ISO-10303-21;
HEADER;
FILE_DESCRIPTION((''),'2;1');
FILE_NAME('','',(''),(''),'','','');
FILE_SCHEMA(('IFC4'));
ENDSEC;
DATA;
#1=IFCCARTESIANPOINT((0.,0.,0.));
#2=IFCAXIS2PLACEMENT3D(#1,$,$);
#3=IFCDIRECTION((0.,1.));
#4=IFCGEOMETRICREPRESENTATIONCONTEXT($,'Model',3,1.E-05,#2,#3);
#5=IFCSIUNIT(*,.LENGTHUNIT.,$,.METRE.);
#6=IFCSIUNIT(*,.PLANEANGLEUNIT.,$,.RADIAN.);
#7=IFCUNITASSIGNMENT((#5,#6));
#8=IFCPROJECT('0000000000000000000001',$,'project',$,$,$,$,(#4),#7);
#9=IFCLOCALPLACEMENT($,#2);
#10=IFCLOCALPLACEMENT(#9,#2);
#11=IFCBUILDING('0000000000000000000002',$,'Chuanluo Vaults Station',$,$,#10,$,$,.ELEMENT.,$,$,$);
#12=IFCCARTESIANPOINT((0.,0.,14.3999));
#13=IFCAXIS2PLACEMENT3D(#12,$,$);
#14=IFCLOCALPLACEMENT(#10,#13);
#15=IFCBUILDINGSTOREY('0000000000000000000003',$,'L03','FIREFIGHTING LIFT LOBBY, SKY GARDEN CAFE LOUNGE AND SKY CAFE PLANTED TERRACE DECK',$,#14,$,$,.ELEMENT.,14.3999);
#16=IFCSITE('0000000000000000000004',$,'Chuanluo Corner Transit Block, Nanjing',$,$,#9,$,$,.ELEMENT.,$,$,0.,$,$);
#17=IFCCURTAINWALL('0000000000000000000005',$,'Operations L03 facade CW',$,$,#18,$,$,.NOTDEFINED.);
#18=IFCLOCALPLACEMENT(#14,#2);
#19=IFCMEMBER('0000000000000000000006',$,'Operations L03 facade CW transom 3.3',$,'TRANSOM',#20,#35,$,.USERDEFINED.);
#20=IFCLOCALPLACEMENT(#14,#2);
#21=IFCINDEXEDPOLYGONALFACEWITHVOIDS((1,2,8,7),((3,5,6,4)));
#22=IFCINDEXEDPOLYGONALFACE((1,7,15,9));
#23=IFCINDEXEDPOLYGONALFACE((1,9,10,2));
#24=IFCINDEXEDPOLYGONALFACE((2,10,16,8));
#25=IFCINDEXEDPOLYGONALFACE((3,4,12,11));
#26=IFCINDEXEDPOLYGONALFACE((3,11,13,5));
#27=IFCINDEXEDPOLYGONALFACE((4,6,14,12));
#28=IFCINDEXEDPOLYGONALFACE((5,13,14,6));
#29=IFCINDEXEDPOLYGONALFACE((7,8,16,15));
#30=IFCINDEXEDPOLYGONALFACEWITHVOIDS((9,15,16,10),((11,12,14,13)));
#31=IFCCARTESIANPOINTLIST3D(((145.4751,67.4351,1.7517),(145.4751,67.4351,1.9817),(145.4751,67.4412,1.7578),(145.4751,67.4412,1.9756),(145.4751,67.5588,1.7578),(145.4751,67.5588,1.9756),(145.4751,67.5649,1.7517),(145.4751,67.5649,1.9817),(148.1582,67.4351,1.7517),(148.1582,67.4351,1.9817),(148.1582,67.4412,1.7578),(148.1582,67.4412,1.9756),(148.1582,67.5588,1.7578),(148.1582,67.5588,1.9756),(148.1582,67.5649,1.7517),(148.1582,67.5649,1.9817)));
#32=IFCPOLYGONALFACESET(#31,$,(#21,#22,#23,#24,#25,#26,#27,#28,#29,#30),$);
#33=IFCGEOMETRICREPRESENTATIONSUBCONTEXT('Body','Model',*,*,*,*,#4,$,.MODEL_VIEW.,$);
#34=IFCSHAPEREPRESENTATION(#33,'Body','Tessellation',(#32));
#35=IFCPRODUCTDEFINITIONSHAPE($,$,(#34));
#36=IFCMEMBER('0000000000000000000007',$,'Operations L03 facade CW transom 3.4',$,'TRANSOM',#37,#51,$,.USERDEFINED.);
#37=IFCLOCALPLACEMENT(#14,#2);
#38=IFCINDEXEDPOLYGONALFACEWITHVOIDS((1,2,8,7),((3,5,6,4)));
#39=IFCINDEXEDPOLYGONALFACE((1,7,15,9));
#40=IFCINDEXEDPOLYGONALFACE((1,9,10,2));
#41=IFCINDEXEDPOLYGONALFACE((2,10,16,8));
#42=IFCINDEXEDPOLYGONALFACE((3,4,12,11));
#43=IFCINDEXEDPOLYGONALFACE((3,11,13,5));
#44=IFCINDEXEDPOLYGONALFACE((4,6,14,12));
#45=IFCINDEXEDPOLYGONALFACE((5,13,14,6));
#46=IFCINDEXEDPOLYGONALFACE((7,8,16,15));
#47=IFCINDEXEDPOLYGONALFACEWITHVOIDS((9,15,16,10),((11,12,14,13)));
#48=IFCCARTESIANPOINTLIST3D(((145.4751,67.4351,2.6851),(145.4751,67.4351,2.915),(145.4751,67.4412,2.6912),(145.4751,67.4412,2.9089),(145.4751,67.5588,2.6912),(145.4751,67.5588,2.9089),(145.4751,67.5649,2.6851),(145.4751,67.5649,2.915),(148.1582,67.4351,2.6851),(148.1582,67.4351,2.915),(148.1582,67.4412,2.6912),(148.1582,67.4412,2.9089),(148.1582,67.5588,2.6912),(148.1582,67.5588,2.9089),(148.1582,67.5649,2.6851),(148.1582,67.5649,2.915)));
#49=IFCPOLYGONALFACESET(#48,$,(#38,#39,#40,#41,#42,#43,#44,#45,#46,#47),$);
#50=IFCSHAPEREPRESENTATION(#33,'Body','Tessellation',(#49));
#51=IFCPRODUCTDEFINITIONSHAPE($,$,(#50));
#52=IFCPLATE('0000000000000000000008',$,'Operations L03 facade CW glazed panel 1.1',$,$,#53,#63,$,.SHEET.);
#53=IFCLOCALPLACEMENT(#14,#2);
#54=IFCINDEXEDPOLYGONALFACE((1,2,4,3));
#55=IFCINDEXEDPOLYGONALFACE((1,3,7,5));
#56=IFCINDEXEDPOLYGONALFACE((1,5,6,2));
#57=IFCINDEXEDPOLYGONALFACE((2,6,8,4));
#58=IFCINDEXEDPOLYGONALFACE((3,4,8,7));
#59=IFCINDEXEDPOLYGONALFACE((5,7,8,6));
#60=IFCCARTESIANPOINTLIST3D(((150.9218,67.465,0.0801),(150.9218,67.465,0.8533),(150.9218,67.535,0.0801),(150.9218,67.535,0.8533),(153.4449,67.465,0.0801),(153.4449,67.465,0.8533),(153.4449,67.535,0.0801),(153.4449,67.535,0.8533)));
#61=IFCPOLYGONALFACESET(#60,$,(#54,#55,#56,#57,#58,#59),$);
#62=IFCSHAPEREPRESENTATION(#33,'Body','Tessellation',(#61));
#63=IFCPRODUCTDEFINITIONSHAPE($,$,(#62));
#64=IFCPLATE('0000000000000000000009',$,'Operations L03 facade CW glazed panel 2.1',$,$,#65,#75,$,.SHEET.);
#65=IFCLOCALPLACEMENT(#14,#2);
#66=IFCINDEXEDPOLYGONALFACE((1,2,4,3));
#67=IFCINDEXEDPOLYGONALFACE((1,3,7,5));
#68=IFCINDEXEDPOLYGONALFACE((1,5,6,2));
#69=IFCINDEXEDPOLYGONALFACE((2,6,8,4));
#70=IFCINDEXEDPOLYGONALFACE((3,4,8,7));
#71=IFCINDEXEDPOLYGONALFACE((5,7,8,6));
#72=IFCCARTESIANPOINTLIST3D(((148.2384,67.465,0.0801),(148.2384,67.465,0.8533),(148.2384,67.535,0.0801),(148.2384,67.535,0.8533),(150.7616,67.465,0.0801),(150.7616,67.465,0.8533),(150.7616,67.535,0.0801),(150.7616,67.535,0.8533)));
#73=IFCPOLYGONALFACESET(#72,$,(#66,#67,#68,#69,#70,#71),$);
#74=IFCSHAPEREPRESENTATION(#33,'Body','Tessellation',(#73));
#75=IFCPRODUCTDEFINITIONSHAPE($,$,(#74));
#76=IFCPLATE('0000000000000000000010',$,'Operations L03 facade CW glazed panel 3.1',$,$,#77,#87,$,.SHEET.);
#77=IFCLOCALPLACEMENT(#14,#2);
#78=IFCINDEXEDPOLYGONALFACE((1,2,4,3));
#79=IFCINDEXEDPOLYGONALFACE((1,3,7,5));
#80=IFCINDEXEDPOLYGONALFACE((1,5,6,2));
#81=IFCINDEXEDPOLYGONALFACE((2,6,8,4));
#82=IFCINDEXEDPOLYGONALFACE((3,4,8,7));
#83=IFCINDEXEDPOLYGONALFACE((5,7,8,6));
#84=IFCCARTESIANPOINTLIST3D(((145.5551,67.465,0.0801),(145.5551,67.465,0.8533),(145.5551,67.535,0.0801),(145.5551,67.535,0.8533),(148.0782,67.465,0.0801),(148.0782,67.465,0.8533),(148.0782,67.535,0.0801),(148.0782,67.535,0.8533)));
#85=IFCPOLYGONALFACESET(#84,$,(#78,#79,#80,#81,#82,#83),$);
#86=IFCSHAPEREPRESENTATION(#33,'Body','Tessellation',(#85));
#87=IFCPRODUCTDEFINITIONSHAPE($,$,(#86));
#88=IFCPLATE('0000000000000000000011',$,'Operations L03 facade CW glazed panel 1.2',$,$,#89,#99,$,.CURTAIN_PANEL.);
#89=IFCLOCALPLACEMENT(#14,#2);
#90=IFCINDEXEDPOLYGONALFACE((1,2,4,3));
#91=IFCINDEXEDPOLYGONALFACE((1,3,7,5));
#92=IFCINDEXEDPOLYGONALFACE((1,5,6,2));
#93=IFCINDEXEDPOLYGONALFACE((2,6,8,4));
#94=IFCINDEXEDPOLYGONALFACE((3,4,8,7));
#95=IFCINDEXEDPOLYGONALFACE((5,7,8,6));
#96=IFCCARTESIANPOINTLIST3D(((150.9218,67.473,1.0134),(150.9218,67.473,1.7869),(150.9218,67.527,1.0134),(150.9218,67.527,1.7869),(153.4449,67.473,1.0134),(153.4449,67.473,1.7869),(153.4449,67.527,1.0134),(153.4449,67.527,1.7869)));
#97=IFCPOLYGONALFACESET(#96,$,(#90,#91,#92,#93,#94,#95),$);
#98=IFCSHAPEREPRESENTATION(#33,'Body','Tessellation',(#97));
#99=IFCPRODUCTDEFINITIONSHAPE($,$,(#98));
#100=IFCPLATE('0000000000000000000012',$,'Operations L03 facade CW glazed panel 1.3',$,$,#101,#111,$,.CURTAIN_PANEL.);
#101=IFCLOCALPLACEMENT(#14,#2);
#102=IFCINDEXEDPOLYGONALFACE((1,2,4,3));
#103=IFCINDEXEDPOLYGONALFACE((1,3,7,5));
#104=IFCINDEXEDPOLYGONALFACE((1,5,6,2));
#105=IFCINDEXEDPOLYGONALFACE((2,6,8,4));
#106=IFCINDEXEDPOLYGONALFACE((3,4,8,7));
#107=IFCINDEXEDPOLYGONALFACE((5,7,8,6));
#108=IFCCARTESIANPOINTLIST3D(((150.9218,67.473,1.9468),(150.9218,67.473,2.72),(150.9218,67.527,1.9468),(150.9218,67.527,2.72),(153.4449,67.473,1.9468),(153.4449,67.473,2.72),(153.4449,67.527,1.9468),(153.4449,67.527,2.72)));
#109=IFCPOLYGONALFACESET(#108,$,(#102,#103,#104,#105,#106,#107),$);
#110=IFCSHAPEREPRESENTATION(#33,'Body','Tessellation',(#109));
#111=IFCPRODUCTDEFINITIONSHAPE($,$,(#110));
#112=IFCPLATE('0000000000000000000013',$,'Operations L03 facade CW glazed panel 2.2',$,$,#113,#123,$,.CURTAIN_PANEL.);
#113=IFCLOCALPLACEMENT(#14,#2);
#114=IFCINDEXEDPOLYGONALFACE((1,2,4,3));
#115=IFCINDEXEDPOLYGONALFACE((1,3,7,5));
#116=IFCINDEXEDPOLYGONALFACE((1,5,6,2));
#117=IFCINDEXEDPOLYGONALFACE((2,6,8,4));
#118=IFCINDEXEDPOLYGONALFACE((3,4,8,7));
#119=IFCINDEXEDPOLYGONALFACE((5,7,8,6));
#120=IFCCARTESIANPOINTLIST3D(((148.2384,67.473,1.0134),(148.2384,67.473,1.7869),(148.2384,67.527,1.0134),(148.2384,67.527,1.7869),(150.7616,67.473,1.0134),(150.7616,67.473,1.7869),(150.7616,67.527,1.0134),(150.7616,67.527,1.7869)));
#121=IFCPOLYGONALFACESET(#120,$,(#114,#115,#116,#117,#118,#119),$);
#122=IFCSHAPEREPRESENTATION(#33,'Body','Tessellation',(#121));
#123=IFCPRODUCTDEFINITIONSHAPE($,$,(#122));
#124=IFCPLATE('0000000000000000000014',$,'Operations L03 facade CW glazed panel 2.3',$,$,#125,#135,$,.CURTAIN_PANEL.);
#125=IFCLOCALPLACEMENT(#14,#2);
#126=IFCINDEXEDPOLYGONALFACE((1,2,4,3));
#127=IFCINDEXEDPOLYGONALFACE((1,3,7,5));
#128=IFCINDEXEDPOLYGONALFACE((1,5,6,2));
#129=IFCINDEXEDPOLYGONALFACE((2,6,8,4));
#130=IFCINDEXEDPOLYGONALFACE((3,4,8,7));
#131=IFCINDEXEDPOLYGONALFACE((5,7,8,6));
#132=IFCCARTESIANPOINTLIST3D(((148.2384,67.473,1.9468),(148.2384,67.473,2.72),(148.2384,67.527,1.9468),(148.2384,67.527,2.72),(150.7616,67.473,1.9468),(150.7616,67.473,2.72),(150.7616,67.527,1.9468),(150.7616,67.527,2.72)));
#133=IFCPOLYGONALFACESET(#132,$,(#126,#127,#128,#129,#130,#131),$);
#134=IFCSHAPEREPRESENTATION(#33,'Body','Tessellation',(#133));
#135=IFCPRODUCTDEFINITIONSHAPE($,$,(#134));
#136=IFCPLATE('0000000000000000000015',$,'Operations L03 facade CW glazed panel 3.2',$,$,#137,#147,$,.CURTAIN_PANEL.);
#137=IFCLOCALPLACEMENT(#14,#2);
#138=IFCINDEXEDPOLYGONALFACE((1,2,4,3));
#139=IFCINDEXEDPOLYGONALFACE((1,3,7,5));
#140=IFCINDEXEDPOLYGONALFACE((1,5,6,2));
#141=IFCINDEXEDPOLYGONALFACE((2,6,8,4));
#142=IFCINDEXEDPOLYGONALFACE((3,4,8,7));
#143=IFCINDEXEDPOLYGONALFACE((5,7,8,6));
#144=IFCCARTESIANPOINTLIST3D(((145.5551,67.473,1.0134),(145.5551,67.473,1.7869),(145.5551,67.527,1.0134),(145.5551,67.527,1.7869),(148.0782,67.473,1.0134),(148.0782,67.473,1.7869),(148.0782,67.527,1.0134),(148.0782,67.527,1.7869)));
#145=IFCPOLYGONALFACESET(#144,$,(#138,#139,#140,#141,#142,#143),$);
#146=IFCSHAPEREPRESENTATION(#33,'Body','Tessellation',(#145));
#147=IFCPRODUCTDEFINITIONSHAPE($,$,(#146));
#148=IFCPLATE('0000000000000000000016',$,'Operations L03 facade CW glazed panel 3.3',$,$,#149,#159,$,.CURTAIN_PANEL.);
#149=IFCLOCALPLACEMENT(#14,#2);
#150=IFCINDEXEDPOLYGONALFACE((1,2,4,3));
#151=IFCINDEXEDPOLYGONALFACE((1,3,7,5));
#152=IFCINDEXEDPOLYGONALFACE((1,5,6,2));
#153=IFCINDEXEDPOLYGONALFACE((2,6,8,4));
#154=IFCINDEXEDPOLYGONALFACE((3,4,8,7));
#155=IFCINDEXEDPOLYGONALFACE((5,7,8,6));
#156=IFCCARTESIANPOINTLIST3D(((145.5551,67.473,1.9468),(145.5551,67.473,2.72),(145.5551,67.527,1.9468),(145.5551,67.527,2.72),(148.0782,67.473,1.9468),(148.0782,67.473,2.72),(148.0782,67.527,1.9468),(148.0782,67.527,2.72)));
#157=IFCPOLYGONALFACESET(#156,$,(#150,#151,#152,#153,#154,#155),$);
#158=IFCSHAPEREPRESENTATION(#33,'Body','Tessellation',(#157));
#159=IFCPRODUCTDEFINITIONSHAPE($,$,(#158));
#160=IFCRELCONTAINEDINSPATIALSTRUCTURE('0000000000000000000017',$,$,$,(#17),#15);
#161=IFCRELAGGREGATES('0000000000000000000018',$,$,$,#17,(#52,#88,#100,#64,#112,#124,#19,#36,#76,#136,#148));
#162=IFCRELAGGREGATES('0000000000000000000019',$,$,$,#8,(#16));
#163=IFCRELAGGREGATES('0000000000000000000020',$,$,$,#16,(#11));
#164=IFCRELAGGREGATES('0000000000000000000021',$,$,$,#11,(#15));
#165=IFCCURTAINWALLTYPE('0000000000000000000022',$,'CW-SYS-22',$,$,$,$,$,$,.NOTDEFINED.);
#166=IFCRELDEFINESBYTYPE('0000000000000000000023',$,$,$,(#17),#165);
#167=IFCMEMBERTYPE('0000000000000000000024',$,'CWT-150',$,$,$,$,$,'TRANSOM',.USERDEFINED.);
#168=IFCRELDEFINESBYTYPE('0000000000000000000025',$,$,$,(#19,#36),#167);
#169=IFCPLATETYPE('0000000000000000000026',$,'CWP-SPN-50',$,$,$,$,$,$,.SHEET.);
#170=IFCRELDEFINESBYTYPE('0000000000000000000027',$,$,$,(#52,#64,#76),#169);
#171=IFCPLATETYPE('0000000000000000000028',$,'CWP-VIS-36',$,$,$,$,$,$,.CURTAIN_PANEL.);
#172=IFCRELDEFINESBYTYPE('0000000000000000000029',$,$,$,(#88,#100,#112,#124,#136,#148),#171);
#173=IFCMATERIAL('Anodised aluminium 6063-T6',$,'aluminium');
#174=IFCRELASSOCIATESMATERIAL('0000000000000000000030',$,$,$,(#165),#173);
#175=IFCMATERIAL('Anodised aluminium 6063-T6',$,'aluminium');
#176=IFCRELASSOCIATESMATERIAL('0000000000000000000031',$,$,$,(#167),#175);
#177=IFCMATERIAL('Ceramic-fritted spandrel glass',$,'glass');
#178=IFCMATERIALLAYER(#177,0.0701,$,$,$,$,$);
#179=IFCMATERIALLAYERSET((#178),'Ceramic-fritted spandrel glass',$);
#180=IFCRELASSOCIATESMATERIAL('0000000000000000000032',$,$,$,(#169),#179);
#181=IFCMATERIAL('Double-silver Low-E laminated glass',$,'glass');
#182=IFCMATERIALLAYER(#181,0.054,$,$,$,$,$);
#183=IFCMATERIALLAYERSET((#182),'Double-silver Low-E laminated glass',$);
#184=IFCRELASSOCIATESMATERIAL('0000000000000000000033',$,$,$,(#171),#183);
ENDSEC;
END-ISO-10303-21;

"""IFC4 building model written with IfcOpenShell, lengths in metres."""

from ifc_helpers import new_model, si_unit, direction, frame, origin, origin_2d, place, context, subcontext, project, spatial, rectangle, hollow_rectangle, extrude, material, layer, layer_set, material_profile, profile_set, type_object, element, aggregate, save


model = new_model("IFC4")

# Units and contexts
model_context = context("Model", 3, precision=1e-05, world=origin(), true_north=direction((0.0, 1.0)))
body_context = subcontext(model_context, "Body", "Model", "MODEL_VIEW")
ifc_project = project(units=[si_unit("LENGTHUNIT", "METRE"), si_unit("PLANEANGLEUNIT", "RADIAN")], contexts=[model_context])

# Site, building, storey
site_placement = place(None, origin())
site = spatial("IfcSite", under=ifc_project, at=site_placement, Name="Chuanluo Corner Transit Block, Nanjing", CompositionType="ELEMENT", RefElevation=0.0)
building_placement = place(site_placement, origin())
building = spatial("IfcBuilding", under=site, at=building_placement, Name="Chuanluo Vaults Station", CompositionType="ELEMENT")
storey_placement = place(building_placement, frame((0.0, 0.0, 14.3999)))
storey = spatial("IfcBuildingStorey", under=building, at=storey_placement, Name="L03", Description="FIREFIGHTING LIFT LOBBY, SKY GARDEN CAFE LOUNGE AND SKY CAFE PLANTED TERRACE DECK", CompositionType="ELEMENT", Elevation=14.3999)

# Curtain wall, members, plates
ifc_material_1 = material(Name="Anodised aluminium 6063-T6", Category="aluminium")
curtain_wall_type = type_object("IfcCurtainWallType", Name="CW-SYS-22", PredefinedType="NOTDEFINED", material=ifc_material_1)
curtain_wall_placement = place(storey_placement, origin())
curtain_wall = element("IfcCurtainWall", 1, at=curtain_wall_placement, inside=storey, type_object=curtain_wall_type, Name="Operations L03 facade CW", PredefinedType="NOTDEFINED")
ifc_material_2 = material(Name="Anodised aluminium 6063-T6", Category="aluminium")
ifc_material_profile_1 = material_profile(ifc_material_2, hollow_rectangle(XDim=0.1299, YDim=0.23, WallThickness=0.0061, at=origin_2d()))
ifc_profile_set_1 = profile_set([ifc_material_profile_1], Name="Anodised aluminium 6063-T6")
member_type_1 = type_object("IfcMemberType", Name="CWT-150", ElementType="TRANSOM", PredefinedType="USERDEFINED", material=ifc_profile_set_1)
member_1_placement = place(storey_placement, frame((148.1582, 67.5, 1.8667), z_axis=(-1.0, 0.0, 0.0), x_axis=(0.0, -1.0, 0.0)))
member_1 = element("IfcMember", 2, at=member_1_placement, type_object=member_type_1, Name="Operations L03 facade CW transom 3.3", ObjectType="TRANSOM", PredefinedType="USERDEFINED", context=body_context, shape_type="SweptSolid", body=[
    extrude(hollow_rectangle(XDim=0.1299, YDim=0.23, WallThickness=0.0061, at=origin_2d()), origin(), (0.0, 0.0, 1.0), 2.6831),
])
member_2_placement = place(storey_placement, frame((148.1582, 67.5, 2.8), z_axis=(-1.0, 0.0, 0.0), x_axis=(0.0, -1.0, 0.0)))
member_2 = element("IfcMember", 3, at=member_2_placement, type_object=member_type_1, Name="Operations L03 facade CW transom 3.4", ObjectType="TRANSOM", PredefinedType="USERDEFINED", context=body_context, shape_type="SweptSolid", body=[
    extrude(hollow_rectangle(XDim=0.1299, YDim=0.23, WallThickness=0.0061, at=origin_2d()), origin(), (0.0, 0.0, 1.0), 2.6831),
])
ifc_material_3 = material(Name="Ceramic-fritted spandrel glass", Category="glass")
ifc_layer_1 = layer(ifc_material_3, 0.0701)
ifc_layer_set_1 = layer_set([ifc_layer_1], Name="Ceramic-fritted spandrel glass")
plate_type_1 = type_object("IfcPlateType", Name="CWP-SPN-50", PredefinedType="SHEET", material=ifc_layer_set_1)
plate_1_placement = place(storey_placement, frame((152.1833, 67.5, 0.0801), z_axis=(0.0, 0.0, 1.0), x_axis=(-1.0, 0.0, 0.0)))
plate_1 = element("IfcPlate", 4, at=plate_1_placement, type_object=plate_type_1, Name="Operations L03 facade CW glazed panel 1.1", PredefinedType="SHEET", context=body_context, shape_type="SweptSolid", body=[
    extrude(rectangle(XDim=2.5232, YDim=0.0701, at=origin_2d()), origin(), (0.0, 0.0, 1.0), 0.7732),
])
plate_2_placement = place(storey_placement, frame((149.5, 67.5, 0.0801), z_axis=(0.0, 0.0, 1.0), x_axis=(-1.0, 0.0, 0.0)))
plate_2 = element("IfcPlate", 5, at=plate_2_placement, type_object=plate_type_1, Name="Operations L03 facade CW glazed panel 2.1", PredefinedType="SHEET", context=body_context, shape_type="SweptSolid", body=[
    extrude(rectangle(XDim=2.5232, YDim=0.0701, at=origin_2d()), origin(), (0.0, 0.0, 1.0), 0.7732),
])
plate_3_placement = place(storey_placement, frame((146.8167, 67.5, 0.0801), z_axis=(0.0, 0.0, 1.0), x_axis=(-1.0, 0.0, 0.0)))
plate_3 = element("IfcPlate", 6, at=plate_3_placement, type_object=plate_type_1, Name="Operations L03 facade CW glazed panel 3.1", PredefinedType="SHEET", context=body_context, shape_type="SweptSolid", body=[
    extrude(rectangle(XDim=2.5232, YDim=0.0701, at=origin_2d()), origin(), (0.0, 0.0, 1.0), 0.7732),
])
ifc_material_4 = material(Name="Double-silver Low-E laminated glass", Category="glass")
ifc_layer_2 = layer(ifc_material_4, 0.054)
ifc_layer_set_2 = layer_set([ifc_layer_2], Name="Double-silver Low-E laminated glass")
plate_type_2 = type_object("IfcPlateType", Name="CWP-VIS-36", PredefinedType="CURTAIN_PANEL", material=ifc_layer_set_2)
plate_4_placement = place(storey_placement, frame((152.1833, 67.5, 1.0134), z_axis=(0.0, 0.0, 1.0), x_axis=(-1.0, 0.0, 0.0)))
plate_4 = element("IfcPlate", 7, at=plate_4_placement, type_object=plate_type_2, Name="Operations L03 facade CW glazed panel 1.2", PredefinedType="CURTAIN_PANEL", context=body_context, shape_type="SweptSolid", body=[
    extrude(rectangle(XDim=2.5232, YDim=0.054, at=origin_2d()), origin(), (0.0, 0.0, 1.0), 0.7734),
])
plate_5_placement = place(storey_placement, frame((152.1833, 67.5, 1.9468), z_axis=(0.0, 0.0, 1.0), x_axis=(-1.0, 0.0, 0.0)))
plate_5 = element("IfcPlate", 8, at=plate_5_placement, type_object=plate_type_2, Name="Operations L03 facade CW glazed panel 1.3", PredefinedType="CURTAIN_PANEL", context=body_context, shape_type="SweptSolid", body=[
    extrude(rectangle(XDim=2.5232, YDim=0.054, at=origin_2d()), origin(), (0.0, 0.0, 1.0), 0.7732),
])
plate_6_placement = place(storey_placement, frame((149.5, 67.5, 1.0134), z_axis=(0.0, 0.0, 1.0), x_axis=(-1.0, 0.0, 0.0)))
plate_6 = element("IfcPlate", 9, at=plate_6_placement, type_object=plate_type_2, Name="Operations L03 facade CW glazed panel 2.2", PredefinedType="CURTAIN_PANEL", context=body_context, shape_type="SweptSolid", body=[
    extrude(rectangle(XDim=2.5232, YDim=0.054, at=origin_2d()), origin(), (0.0, 0.0, 1.0), 0.7734),
])
plate_7_placement = place(storey_placement, frame((149.5, 67.5, 1.9468), z_axis=(0.0, 0.0, 1.0), x_axis=(-1.0, 0.0, 0.0)))
plate_7 = element("IfcPlate", 10, at=plate_7_placement, type_object=plate_type_2, Name="Operations L03 facade CW glazed panel 2.3", PredefinedType="CURTAIN_PANEL", context=body_context, shape_type="SweptSolid", body=[
    extrude(rectangle(XDim=2.5232, YDim=0.054, at=origin_2d()), origin(), (0.0, 0.0, 1.0), 0.7732),
])
plate_8_placement = place(storey_placement, frame((146.8167, 67.5, 1.0134), z_axis=(0.0, 0.0, 1.0), x_axis=(-1.0, 0.0, 0.0)))
plate_8 = element("IfcPlate", 11, at=plate_8_placement, type_object=plate_type_2, Name="Operations L03 facade CW glazed panel 3.2", PredefinedType="CURTAIN_PANEL", context=body_context, shape_type="SweptSolid", body=[
    extrude(rectangle(XDim=2.5232, YDim=0.054, at=origin_2d()), origin(), (0.0, 0.0, 1.0), 0.7734),
])
plate_9_placement = place(storey_placement, frame((146.8167, 67.5, 1.9468), z_axis=(0.0, 0.0, 1.0), x_axis=(-1.0, 0.0, 0.0)))
plate_9 = element("IfcPlate", 12, at=plate_9_placement, type_object=plate_type_2, Name="Operations L03 facade CW glazed panel 3.3", PredefinedType="CURTAIN_PANEL", context=body_context, shape_type="SweptSolid", body=[
    extrude(rectangle(XDim=2.5232, YDim=0.054, at=origin_2d()), origin(), (0.0, 0.0, 1.0), 0.7732),
])
aggregate(curtain_wall, [plate_1, plate_4, plate_5, plate_2, plate_6, plate_7, member_1, member_2, plate_3, plate_8, plate_9])

save(model, "model.ifc")
